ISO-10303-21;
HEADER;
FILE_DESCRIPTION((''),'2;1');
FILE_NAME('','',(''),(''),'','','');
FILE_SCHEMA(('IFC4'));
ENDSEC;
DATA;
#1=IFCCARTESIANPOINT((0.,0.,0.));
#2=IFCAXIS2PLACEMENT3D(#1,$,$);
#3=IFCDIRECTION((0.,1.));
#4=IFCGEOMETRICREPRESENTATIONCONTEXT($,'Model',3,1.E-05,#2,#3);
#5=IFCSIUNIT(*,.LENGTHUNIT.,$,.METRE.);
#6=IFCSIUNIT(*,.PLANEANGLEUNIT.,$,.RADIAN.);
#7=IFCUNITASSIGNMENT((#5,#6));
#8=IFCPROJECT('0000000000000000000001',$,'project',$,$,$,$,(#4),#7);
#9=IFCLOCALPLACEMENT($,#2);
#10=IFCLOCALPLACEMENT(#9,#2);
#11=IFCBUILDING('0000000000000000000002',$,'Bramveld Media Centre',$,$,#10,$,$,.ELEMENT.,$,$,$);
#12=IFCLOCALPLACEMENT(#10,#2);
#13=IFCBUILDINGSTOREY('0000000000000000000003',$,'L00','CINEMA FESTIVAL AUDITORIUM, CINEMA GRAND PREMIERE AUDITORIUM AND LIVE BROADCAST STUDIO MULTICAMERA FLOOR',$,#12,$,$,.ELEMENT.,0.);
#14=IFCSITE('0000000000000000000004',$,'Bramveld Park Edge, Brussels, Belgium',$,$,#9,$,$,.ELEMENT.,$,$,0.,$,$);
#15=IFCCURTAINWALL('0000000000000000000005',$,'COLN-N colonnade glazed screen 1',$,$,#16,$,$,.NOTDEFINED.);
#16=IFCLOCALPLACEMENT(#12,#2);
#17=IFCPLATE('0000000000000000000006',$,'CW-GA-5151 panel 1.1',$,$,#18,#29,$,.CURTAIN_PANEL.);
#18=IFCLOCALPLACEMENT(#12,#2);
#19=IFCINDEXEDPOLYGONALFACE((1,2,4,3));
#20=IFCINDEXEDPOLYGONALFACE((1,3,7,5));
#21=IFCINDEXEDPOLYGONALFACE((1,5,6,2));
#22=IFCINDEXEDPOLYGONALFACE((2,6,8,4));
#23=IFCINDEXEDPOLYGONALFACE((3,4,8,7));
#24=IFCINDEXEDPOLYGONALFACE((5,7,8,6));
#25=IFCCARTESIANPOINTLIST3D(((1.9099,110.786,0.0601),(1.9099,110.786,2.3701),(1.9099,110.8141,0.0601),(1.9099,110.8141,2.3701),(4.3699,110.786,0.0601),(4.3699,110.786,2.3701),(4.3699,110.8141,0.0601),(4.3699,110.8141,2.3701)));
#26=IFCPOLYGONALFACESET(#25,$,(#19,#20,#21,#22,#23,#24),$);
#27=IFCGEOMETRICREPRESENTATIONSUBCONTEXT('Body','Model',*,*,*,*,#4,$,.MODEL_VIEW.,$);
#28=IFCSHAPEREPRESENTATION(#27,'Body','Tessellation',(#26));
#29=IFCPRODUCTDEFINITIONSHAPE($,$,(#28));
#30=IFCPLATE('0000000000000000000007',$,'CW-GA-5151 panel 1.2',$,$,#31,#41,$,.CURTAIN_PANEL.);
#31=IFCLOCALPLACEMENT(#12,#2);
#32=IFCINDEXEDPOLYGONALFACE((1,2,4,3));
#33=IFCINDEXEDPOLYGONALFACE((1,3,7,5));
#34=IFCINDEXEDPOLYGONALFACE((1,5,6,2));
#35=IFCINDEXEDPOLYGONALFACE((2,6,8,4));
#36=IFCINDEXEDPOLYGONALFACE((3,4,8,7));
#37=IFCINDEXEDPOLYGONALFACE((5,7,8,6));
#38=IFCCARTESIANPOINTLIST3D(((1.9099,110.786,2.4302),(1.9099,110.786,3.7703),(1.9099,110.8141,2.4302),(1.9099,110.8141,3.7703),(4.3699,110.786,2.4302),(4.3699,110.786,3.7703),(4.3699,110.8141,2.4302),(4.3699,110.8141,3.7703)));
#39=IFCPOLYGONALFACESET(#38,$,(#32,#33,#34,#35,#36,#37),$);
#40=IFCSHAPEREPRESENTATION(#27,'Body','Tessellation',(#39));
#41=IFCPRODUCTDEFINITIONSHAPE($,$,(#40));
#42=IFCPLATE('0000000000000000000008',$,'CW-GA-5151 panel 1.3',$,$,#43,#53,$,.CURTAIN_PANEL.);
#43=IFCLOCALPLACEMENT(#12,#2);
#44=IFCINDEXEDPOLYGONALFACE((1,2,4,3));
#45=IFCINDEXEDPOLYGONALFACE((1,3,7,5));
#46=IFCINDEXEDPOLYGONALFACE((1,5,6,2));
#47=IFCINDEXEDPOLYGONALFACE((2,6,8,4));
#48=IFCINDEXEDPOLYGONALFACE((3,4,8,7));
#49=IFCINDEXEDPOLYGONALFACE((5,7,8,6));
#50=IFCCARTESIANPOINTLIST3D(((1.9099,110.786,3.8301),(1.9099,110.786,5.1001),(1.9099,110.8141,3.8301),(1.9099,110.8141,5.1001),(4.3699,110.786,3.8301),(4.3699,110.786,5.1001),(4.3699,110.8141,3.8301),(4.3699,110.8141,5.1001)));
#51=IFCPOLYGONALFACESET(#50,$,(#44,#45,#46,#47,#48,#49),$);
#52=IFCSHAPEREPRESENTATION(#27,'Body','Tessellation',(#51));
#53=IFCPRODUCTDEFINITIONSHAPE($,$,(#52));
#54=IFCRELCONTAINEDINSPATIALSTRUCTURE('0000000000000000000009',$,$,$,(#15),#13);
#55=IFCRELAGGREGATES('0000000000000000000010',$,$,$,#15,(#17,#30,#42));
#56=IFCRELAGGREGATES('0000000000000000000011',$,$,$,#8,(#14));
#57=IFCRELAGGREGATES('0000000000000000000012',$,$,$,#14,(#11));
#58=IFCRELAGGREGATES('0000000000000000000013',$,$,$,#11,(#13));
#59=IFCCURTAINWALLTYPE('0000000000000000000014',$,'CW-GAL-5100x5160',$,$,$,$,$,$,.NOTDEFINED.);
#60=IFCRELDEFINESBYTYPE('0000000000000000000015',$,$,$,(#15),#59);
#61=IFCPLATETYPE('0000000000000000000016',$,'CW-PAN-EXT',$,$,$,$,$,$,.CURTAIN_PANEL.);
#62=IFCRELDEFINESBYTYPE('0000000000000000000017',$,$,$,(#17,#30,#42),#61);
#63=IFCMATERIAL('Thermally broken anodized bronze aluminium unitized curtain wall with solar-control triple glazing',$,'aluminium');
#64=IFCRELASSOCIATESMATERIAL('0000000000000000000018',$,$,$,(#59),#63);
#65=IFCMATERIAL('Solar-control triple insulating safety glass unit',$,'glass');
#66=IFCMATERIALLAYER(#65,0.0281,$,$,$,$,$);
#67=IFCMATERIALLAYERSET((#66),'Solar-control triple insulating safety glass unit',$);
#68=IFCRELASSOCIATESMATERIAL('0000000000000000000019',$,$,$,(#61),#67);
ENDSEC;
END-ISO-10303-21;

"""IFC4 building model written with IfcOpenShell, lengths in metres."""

from ifc_helpers import new_model, si_unit, direction, frame, origin, origin_2d, place, context, subcontext, project, spatial, rectangle, extrude, material, layer, layer_set, type_object, element, aggregate, save


model = new_model("IFC4")

# Units and contexts
model_context = context("Model", 3, precision=1e-05, world=origin(), true_north=direction((0.0, 1.0)))
body_context = subcontext(model_context, "Body", "Model", "MODEL_VIEW")
ifc_project = project(units=[si_unit("LENGTHUNIT", "METRE"), si_unit("PLANEANGLEUNIT", "RADIAN")], contexts=[model_context])

# Site, building, storey
site_placement = place(None, origin())
site = spatial("IfcSite", under=ifc_project, at=site_placement, Name="Bramveld Park Edge, Brussels, Belgium", CompositionType="ELEMENT", RefElevation=0.0)
building_placement = place(site_placement, origin())
building = spatial("IfcBuilding", under=site, at=building_placement, Name="Bramveld Media Centre", CompositionType="ELEMENT")
storey_placement = place(building_placement, origin())
storey = spatial("IfcBuildingStorey", under=building, at=storey_placement, Name="L00", Description="CINEMA FESTIVAL AUDITORIUM, CINEMA GRAND PREMIERE AUDITORIUM AND LIVE BROADCAST STUDIO MULTICAMERA FLOOR", CompositionType="ELEMENT", Elevation=0.0)

# Curtain wall
ifc_material_1 = material(Name="Thermally broken anodized bronze aluminium unitized curtain wall with solar-control triple glazing", Category="aluminium")
curtain_wall_type = type_object("IfcCurtainWallType", Name="CW-GAL-5100x5160", PredefinedType="NOTDEFINED", material=ifc_material_1)
curtain_wall_1_placement = place(storey_placement, origin())
curtain_wall_1 = element("IfcCurtainWall", 1, at=curtain_wall_1_placement, inside=storey, type_object=curtain_wall_type, Name="COLN-N colonnade glazed screen 1", PredefinedType="NOTDEFINED")

# Plates
ifc_material_2 = material(Name="Solar-control triple insulating safety glass unit", Category="glass")
ifc_layer = layer(ifc_material_2, 0.0281)
ifc_layer_set = layer_set([ifc_layer], Name="Solar-control triple insulating safety glass unit")
plate_type = type_object("IfcPlateType", Name="CW-PAN-EXT", PredefinedType="CURTAIN_PANEL", material=ifc_layer_set)
plate_1_placement = place(storey_placement, frame((3.1399, 110.8, 0.0601), z_axis=(0.0, 0.0, 1.0), x_axis=(1.0, 0.0, 0.0)))
plate_1 = element("IfcPlate", 2, at=plate_1_placement, type_object=plate_type, Name="CW-GA-5151 panel 1.1", PredefinedType="CURTAIN_PANEL", context=body_context, shape_type="SweptSolid", body=[
    extrude(rectangle(XDim=2.46, YDim=0.0281, at=origin_2d()), origin(), (0.0, 0.0, 1.0), 2.3101),
])
plate_2_placement = place(storey_placement, frame((3.1399, 110.8, 2.4302), z_axis=(0.0, 0.0, 1.0), x_axis=(1.0, 0.0, 0.0)))
plate_2 = element("IfcPlate", 3, at=plate_2_placement, type_object=plate_type, Name="CW-GA-5151 panel 1.2", PredefinedType="CURTAIN_PANEL", context=body_context, shape_type="SweptSolid", body=[
    extrude(rectangle(XDim=2.46, YDim=0.0281, at=origin_2d()), origin(), (0.0, 0.0, 1.0), 1.3401),
])
plate_3_placement = place(storey_placement, frame((3.1399, 110.8, 3.8301), z_axis=(0.0, 0.0, 1.0), x_axis=(1.0, 0.0, 0.0)))
plate_3 = element("IfcPlate", 4, at=plate_3_placement, type_object=plate_type, Name="CW-GA-5151 panel 1.3", PredefinedType="CURTAIN_PANEL", context=body_context, shape_type="SweptSolid", body=[
    extrude(rectangle(XDim=2.46, YDim=0.0281, at=origin_2d()), origin(), (0.0, 0.0, 1.0), 1.27),
])
aggregate(curtain_wall_1, [plate_1, plate_2, plate_3])

save(model, "model.ifc")
